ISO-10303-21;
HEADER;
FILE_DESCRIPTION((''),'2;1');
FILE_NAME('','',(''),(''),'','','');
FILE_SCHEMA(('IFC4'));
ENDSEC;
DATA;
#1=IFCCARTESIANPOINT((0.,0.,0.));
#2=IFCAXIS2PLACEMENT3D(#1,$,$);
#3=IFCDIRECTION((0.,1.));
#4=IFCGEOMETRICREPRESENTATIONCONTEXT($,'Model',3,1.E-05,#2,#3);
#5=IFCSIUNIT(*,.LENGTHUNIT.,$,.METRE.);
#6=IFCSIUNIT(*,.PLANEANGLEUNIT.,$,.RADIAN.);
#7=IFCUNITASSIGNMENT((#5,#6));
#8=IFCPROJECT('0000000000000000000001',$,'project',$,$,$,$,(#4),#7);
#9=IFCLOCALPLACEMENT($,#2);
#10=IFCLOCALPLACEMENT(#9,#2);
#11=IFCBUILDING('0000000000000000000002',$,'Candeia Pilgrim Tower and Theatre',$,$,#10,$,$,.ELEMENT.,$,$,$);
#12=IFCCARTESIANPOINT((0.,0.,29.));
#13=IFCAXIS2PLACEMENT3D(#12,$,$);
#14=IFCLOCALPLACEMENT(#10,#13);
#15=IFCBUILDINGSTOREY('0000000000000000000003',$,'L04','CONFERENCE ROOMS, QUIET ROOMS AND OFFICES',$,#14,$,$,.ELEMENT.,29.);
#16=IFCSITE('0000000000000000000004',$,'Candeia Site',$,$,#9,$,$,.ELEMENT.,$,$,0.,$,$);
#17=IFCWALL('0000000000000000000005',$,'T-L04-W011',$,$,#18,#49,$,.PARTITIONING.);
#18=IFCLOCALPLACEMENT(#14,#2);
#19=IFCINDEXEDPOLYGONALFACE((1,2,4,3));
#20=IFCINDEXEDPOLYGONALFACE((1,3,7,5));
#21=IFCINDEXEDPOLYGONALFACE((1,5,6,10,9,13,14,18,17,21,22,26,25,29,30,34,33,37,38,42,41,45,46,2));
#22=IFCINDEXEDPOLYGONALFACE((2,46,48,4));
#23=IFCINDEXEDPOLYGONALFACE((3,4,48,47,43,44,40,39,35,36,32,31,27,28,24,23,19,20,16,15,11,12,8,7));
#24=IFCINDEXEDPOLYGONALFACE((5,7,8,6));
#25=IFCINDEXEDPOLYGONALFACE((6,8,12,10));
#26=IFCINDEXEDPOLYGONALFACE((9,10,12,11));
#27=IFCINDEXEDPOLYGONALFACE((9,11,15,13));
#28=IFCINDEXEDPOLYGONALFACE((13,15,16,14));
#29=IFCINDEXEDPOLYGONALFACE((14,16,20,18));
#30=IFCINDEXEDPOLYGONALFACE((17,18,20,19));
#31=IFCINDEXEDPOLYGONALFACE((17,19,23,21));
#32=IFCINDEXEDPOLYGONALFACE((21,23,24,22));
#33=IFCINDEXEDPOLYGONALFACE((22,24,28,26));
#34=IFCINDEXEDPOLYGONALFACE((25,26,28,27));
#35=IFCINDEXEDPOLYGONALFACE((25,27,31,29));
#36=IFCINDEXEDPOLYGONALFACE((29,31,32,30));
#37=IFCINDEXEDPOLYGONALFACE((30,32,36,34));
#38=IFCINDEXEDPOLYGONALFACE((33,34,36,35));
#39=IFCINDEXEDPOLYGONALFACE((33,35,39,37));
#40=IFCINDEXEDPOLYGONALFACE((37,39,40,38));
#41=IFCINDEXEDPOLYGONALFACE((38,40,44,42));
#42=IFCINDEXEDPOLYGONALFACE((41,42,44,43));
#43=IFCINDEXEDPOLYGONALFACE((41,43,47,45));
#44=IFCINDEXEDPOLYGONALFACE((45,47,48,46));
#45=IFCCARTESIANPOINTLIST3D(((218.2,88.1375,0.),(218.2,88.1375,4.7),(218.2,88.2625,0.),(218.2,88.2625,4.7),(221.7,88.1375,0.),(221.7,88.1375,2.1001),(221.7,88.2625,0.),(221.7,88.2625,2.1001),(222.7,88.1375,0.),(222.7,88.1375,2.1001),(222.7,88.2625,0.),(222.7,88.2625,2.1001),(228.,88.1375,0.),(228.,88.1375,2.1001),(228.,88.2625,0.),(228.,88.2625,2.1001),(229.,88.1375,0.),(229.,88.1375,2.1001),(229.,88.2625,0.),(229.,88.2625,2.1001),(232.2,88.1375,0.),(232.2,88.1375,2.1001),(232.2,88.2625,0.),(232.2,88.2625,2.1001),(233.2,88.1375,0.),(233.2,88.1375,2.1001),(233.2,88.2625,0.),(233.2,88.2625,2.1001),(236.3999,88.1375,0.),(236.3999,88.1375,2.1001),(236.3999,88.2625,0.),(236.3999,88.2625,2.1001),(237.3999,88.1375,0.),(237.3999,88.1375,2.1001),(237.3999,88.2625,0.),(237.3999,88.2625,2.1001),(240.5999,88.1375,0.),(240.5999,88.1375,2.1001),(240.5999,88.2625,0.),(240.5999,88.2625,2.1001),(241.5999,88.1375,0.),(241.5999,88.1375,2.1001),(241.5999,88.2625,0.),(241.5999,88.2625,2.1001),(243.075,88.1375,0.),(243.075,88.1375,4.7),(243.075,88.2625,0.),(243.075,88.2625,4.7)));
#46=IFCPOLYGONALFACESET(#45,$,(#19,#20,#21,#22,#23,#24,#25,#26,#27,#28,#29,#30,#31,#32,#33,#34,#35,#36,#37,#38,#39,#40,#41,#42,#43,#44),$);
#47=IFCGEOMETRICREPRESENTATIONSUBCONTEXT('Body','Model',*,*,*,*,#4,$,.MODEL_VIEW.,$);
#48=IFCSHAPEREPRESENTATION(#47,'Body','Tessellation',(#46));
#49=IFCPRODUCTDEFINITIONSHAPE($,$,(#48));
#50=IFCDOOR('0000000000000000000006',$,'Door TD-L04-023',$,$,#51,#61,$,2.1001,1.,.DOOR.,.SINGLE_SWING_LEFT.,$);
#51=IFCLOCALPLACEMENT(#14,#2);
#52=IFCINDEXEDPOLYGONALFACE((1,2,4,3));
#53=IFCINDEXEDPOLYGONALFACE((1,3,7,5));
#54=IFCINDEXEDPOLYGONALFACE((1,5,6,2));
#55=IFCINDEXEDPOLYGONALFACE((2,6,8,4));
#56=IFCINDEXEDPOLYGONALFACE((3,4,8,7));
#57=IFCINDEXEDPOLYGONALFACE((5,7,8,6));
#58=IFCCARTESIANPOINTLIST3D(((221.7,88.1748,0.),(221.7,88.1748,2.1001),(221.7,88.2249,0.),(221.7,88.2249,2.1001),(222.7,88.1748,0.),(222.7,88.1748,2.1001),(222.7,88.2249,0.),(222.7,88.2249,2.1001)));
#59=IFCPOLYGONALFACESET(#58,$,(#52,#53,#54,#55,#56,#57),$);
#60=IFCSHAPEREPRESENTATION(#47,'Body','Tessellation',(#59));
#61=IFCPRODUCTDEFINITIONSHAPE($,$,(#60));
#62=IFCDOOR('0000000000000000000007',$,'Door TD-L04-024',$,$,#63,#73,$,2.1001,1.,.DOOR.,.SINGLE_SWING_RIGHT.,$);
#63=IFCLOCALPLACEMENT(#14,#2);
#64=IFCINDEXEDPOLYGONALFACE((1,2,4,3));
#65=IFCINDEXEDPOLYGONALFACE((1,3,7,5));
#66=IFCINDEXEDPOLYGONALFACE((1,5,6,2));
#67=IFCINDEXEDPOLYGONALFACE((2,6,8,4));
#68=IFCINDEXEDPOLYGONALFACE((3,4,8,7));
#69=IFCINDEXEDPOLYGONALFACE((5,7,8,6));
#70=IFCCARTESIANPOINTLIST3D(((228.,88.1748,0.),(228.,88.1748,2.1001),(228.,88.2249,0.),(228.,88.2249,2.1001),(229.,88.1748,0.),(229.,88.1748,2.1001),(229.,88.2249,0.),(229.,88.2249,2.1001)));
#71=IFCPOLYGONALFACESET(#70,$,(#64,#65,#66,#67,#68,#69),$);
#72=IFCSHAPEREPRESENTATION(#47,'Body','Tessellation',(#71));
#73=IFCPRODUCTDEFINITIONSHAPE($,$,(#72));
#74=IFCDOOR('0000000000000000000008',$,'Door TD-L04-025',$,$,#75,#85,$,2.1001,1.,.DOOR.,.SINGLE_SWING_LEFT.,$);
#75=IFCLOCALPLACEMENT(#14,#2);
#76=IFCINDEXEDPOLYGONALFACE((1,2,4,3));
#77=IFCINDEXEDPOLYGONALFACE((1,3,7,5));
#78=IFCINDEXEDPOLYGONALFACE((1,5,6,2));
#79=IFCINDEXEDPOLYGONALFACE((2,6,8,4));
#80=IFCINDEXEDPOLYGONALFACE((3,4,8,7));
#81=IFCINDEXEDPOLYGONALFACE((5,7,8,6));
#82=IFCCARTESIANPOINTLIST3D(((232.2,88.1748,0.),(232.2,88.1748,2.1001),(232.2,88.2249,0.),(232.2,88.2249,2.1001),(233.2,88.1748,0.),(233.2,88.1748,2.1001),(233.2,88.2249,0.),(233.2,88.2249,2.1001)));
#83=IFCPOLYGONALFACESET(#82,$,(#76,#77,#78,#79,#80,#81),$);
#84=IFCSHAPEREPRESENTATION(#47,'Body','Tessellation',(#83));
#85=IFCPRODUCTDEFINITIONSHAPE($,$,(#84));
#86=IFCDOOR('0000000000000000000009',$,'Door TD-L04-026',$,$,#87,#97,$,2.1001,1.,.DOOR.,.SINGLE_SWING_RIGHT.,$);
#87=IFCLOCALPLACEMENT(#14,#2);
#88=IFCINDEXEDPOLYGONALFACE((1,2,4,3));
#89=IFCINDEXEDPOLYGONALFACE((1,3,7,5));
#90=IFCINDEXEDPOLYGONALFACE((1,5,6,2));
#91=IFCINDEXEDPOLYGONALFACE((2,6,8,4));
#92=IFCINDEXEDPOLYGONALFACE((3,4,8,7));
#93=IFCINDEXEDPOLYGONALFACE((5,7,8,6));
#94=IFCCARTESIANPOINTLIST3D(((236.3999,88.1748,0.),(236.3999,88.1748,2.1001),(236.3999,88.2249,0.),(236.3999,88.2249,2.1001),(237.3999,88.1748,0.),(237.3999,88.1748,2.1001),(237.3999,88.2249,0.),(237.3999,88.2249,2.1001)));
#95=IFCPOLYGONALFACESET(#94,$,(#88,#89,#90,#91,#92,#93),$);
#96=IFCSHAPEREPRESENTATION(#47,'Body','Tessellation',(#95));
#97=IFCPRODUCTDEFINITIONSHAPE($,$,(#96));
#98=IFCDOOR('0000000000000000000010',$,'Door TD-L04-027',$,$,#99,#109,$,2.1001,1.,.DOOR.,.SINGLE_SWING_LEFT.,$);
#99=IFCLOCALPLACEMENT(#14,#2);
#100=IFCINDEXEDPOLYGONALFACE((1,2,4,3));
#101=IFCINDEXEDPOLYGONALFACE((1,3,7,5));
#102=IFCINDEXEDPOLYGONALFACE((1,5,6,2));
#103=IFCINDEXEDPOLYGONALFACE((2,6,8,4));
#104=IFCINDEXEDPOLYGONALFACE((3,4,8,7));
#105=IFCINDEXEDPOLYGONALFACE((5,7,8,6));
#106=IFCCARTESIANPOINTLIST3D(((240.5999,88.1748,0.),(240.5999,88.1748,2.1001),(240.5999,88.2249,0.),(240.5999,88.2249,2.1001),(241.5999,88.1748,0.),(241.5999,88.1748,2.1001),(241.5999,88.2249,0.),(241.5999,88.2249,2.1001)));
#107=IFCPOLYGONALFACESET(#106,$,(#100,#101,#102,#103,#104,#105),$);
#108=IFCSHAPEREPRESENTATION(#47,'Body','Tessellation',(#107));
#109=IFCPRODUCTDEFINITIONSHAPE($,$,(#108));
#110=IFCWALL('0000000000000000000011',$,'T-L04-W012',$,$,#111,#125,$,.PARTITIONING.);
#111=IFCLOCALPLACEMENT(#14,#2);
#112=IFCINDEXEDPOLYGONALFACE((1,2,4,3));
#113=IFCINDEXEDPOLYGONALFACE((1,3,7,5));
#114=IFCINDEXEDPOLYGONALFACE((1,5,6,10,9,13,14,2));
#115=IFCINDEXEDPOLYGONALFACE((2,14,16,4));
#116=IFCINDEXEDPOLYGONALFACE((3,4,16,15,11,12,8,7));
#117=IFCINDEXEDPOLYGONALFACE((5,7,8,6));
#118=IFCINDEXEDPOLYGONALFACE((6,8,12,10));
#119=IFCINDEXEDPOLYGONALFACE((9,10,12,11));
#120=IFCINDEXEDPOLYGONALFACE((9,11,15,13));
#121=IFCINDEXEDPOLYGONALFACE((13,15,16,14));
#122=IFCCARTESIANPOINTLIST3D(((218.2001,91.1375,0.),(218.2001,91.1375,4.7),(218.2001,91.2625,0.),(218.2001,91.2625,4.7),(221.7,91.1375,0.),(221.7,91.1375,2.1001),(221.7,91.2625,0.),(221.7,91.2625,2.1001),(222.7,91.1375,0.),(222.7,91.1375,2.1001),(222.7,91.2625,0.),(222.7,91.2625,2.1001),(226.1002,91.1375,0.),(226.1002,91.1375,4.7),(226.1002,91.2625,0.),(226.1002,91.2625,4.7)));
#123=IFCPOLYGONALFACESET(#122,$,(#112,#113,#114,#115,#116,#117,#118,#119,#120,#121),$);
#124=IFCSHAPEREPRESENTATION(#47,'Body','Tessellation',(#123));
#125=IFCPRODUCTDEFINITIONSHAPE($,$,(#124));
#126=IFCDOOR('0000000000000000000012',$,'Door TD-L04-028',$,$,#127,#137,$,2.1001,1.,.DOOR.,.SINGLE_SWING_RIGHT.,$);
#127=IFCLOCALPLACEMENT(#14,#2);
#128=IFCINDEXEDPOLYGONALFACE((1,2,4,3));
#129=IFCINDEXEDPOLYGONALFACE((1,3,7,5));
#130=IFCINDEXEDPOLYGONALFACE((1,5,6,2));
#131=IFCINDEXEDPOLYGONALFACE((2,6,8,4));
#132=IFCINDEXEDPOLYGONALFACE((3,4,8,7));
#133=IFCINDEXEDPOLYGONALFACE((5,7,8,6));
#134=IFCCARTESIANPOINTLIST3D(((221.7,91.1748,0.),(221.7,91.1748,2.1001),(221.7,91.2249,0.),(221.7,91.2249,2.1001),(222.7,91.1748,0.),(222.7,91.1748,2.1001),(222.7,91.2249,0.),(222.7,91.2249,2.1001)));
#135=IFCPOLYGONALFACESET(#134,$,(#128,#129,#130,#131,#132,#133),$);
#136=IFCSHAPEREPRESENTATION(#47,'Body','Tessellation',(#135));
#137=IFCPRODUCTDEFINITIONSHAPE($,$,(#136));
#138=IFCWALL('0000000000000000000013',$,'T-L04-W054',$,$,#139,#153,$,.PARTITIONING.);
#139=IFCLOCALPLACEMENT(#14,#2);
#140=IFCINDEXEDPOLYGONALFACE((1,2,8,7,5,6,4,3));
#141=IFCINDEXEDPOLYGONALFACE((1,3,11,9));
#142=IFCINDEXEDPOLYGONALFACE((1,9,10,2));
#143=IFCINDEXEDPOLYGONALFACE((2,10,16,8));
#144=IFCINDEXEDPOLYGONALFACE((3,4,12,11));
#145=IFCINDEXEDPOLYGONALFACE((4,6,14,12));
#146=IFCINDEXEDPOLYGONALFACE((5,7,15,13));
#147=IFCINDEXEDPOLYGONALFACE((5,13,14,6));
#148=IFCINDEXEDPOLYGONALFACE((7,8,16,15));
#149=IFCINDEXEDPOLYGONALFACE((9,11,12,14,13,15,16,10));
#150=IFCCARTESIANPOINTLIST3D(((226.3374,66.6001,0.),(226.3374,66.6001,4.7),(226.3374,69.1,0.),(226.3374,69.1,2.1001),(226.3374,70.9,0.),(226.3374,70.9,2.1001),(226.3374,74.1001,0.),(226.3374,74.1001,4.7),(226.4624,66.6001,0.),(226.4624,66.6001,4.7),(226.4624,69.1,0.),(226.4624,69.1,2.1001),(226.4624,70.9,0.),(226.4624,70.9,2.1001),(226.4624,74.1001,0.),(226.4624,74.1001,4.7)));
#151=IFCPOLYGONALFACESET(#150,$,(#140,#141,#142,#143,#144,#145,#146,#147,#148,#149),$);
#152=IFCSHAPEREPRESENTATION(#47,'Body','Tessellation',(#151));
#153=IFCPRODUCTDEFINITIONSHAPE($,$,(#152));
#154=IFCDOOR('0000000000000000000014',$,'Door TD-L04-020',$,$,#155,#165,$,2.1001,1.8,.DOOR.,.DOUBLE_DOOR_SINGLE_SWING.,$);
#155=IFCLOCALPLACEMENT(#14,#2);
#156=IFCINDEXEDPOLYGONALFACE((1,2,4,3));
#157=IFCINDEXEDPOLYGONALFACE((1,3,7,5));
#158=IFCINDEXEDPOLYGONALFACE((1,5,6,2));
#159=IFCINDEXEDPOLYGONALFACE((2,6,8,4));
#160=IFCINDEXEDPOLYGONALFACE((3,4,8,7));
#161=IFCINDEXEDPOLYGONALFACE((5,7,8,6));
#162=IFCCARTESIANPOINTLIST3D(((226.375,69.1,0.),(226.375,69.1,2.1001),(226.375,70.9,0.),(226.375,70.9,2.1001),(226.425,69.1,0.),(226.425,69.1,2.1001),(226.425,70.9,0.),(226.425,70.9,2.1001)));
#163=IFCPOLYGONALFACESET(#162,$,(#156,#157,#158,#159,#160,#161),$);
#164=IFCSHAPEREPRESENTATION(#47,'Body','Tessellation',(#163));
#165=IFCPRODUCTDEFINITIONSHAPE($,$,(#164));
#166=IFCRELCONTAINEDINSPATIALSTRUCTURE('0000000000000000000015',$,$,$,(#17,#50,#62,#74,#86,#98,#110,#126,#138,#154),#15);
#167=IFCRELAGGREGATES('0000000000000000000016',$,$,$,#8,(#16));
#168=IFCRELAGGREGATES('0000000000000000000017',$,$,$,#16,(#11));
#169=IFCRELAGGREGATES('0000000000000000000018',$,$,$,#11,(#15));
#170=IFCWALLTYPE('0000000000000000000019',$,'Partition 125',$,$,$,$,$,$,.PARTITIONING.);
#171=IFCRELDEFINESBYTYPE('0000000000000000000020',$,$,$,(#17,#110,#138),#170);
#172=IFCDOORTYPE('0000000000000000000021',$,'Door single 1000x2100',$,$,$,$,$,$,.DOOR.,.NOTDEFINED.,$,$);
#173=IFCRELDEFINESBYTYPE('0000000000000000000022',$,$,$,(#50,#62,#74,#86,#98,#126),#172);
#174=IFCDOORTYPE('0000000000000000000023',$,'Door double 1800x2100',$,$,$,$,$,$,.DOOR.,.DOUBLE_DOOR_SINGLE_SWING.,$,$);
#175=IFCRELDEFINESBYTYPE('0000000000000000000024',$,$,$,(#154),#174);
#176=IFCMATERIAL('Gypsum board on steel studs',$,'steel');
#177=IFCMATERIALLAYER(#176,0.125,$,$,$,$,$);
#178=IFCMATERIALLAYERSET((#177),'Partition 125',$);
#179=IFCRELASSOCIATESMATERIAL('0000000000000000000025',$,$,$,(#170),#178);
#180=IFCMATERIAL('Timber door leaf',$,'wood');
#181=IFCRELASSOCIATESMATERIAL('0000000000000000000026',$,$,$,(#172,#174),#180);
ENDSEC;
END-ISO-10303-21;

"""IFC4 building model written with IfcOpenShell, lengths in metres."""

from ifc_helpers import new_model, si_unit, direction, frame, frame_2d, origin, place, context, subcontext, project, spatial, rectangle, extrude, material, layer, layer_set, type_object, element, fill, save


model = new_model("IFC4")

# Units and contexts
model_context = context("Model", 3, precision=1e-05, world=origin(), true_north=direction((0.0, 1.0)))
body_context = subcontext(model_context, "Body", "Model", "MODEL_VIEW")
ifc_project = project(units=[si_unit("LENGTHUNIT", "METRE"), si_unit("PLANEANGLEUNIT", "RADIAN")], contexts=[model_context])

# Site, building, storey
site_placement = place(None, origin())
site = spatial("IfcSite", under=ifc_project, at=site_placement, Name="Candeia Site", CompositionType="ELEMENT", RefElevation=0.0)
building_placement = place(site_placement, origin())
building = spatial("IfcBuilding", under=site, at=building_placement, Name="Candeia Pilgrim Tower and Theatre", CompositionType="ELEMENT")
storey_placement = place(building_placement, frame((0.0, 0.0, 29.0)))
storey = spatial("IfcBuildingStorey", under=building, at=storey_placement, Name="L04", Description="CONFERENCE ROOMS, QUIET ROOMS AND OFFICES", CompositionType="ELEMENT", Elevation=29.0)

# Shared definitions
ifc_material_1 = material(Name="Gypsum board on steel studs", Category="steel")
ifc_layer_1 = layer(ifc_material_1, 0.125)
ifc_layer_set_1 = layer_set([ifc_layer_1], Name="Partition 125")
wall_type_1 = type_object("IfcWallType", Name="Partition 125", PredefinedType="PARTITIONING", material=ifc_layer_set_1)

# Shared definitions
ifc_material_2 = material(Name="Timber door leaf", Category="wood")
door_type_1 = type_object("IfcDoorType", Name="Door single 1000x2100", OperationType="NOTDEFINED", PredefinedType="DOOR", material=ifc_material_2)

# Wall, openings, doors
wall_1_placement = place(storey_placement, frame((218.2, 88.2, 0.0), z_axis=(0.0, 0.0, 1.0), x_axis=(1.0, 0.0, 0.0)))
wall_1 = element("IfcWall", 1, at=wall_1_placement, inside=storey, type_object=wall_type_1, Name="T-L04-W011", PredefinedType="PARTITIONING", context=body_context, shape_type="SweptSolid", body=[
    extrude(rectangle(XDim=24.875, YDim=0.125, at=frame_2d((12.4375, 0.0))), origin(), (0.0, 0.0, 1.0), 4.7),
])
opening_1_placement = place(wall_1_placement, frame((3.5, 0.0, 0.0)))
opening_1 = element("IfcOpeningElement", 2, at=opening_1_placement, cuts=wall_1, PredefinedType="OPENING", context=body_context, shape_type="SweptSolid", body=[
    extrude(rectangle(XDim=1.0, YDim=2.1001, at=frame_2d((0.5, 1.05))), frame((0.0, 0.0725, 0.0), z_axis=(0.0, -1.0, 0.0), x_axis=(1.0, 0.0, 0.0)), (0.0, 0.0, 1.0), 0.145),
])
opening_2_placement = place(wall_1_placement, frame((9.8, 0.0, 0.0)))
opening_2 = element("IfcOpeningElement", 3, at=opening_2_placement, cuts=wall_1, PredefinedType="OPENING", context=body_context, shape_type="SweptSolid", body=[
    extrude(rectangle(XDim=1.0, YDim=2.1001, at=frame_2d((0.5, 1.05))), frame((0.0, 0.0725, 0.0), z_axis=(0.0, -1.0, 0.0), x_axis=(1.0, 0.0, 0.0)), (0.0, 0.0, 1.0), 0.145),
])
opening_3_placement = place(wall_1_placement, frame((14.0, 0.0, 0.0)))
opening_3 = element("IfcOpeningElement", 4, at=opening_3_placement, cuts=wall_1, PredefinedType="OPENING", context=body_context, shape_type="SweptSolid", body=[
    extrude(rectangle(XDim=1.0, YDim=2.1001, at=frame_2d((0.5, 1.05))), frame((0.0, 0.0725, 0.0), z_axis=(0.0, -1.0, 0.0), x_axis=(1.0, 0.0, 0.0)), (0.0, 0.0, 1.0), 0.145),
])
opening_4_placement = place(wall_1_placement, frame((18.2, 0.0, 0.0)))
opening_4 = element("IfcOpeningElement", 5, at=opening_4_placement, cuts=wall_1, PredefinedType="OPENING", context=body_context, shape_type="SweptSolid", body=[
    extrude(rectangle(XDim=1.0, YDim=2.1001, at=frame_2d((0.5, 1.05))), frame((0.0, 0.0725, 0.0), z_axis=(0.0, -1.0, 0.0), x_axis=(1.0, 0.0, 0.0)), (0.0, 0.0, 1.0), 0.145),
])
opening_5_placement = place(wall_1_placement, frame((22.3999, 0.0, 0.0)))
opening_5 = element("IfcOpeningElement", 6, at=opening_5_placement, cuts=wall_1, PredefinedType="OPENING", context=body_context, shape_type="SweptSolid", body=[
    extrude(rectangle(XDim=1.0, YDim=2.1001, at=frame_2d((0.5, 1.05))), frame((0.0, 0.0725, 0.0), z_axis=(0.0, -1.0, 0.0), x_axis=(1.0, 0.0, 0.0)), (0.0, 0.0, 1.0), 0.145),
])
door_1_placement = place(opening_1_placement, origin())
door_1 = element("IfcDoor", 7, at=door_1_placement, inside=storey, type_object=door_type_1, Name="Door TD-L04-023", OperationType="SINGLE_SWING_LEFT", OverallHeight=2.1001, OverallWidth=1.0, PredefinedType="DOOR", context=body_context, shape_type="SweptSolid", body=[
    extrude(rectangle(XDim=1.0, YDim=2.1001, at=frame_2d((0.5, 1.05))), frame((0.0, 0.0249, 0.0), z_axis=(0.0, -1.0, 0.0), x_axis=(1.0, 0.0, 0.0)), (0.0, 0.0, 1.0), 0.05),
])
fill(opening_1, door_1)
door_2_placement = place(opening_2_placement, origin())
door_2 = element("IfcDoor", 8, at=door_2_placement, inside=storey, type_object=door_type_1, Name="Door TD-L04-024", OperationType="SINGLE_SWING_RIGHT", OverallHeight=2.1001, OverallWidth=1.0, PredefinedType="DOOR", context=body_context, shape_type="SweptSolid", body=[
    extrude(rectangle(XDim=1.0, YDim=2.1001, at=frame_2d((0.5, 1.05))), frame((0.0, 0.0249, 0.0), z_axis=(0.0, -1.0, 0.0), x_axis=(1.0, 0.0, 0.0)), (0.0, 0.0, 1.0), 0.05),
])
fill(opening_2, door_2)
door_3_placement = place(opening_3_placement, origin())
door_3 = element("IfcDoor", 9, at=door_3_placement, inside=storey, type_object=door_type_1, Name="Door TD-L04-025", OperationType="SINGLE_SWING_LEFT", OverallHeight=2.1001, OverallWidth=1.0, PredefinedType="DOOR", context=body_context, shape_type="SweptSolid", body=[
    extrude(rectangle(XDim=1.0, YDim=2.1001, at=frame_2d((0.5, 1.05))), frame((0.0, 0.0249, 0.0), z_axis=(0.0, -1.0, 0.0), x_axis=(1.0, 0.0, 0.0)), (0.0, 0.0, 1.0), 0.05),
])
fill(opening_3, door_3)
door_4_placement = place(opening_4_placement, origin())
door_4 = element("IfcDoor", 10, at=door_4_placement, inside=storey, type_object=door_type_1, Name="Door TD-L04-026", OperationType="SINGLE_SWING_RIGHT", OverallHeight=2.1001, OverallWidth=1.0, PredefinedType="DOOR", context=body_context, shape_type="SweptSolid", body=[
    extrude(rectangle(XDim=1.0, YDim=2.1001, at=frame_2d((0.5, 1.05))), frame((0.0, 0.0249, 0.0), z_axis=(0.0, -1.0, 0.0), x_axis=(1.0, 0.0, 0.0)), (0.0, 0.0, 1.0), 0.05),
])
fill(opening_4, door_4)
door_5_placement = place(opening_5_placement, origin())
door_5 = element("IfcDoor", 11, at=door_5_placement, inside=storey, type_object=door_type_1, Name="Door TD-L04-027", OperationType="SINGLE_SWING_LEFT", OverallHeight=2.1001, OverallWidth=1.0, PredefinedType="DOOR", context=body_context, shape_type="SweptSolid", body=[
    extrude(rectangle(XDim=1.0, YDim=2.1001, at=frame_2d((0.5, 1.05))), frame((0.0, 0.0249, 0.0), z_axis=(0.0, -1.0, 0.0), x_axis=(1.0, 0.0, 0.0)), (0.0, 0.0, 1.0), 0.05),
])
fill(opening_5, door_5)

# Walls, openings, doors
wall_2_placement = place(storey_placement, frame((218.2, 91.2, 0.0), z_axis=(0.0, 0.0, 1.0), x_axis=(1.0, 0.0, 0.0)))
wall_2 = element("IfcWall", 12, at=wall_2_placement, inside=storey, type_object=wall_type_1, Name="T-L04-W012", PredefinedType="PARTITIONING", context=body_context, shape_type="SweptSolid", body=[
    extrude(rectangle(XDim=7.9001, YDim=0.125, at=frame_2d((3.9502, 0.0))), origin(), (0.0, 0.0, 1.0), 4.7),
])
opening_6_placement = place(wall_2_placement, frame((3.5, 0.0, 0.0)))
opening_6 = element("IfcOpeningElement", 13, at=opening_6_placement, cuts=wall_2, PredefinedType="OPENING", context=body_context, shape_type="SweptSolid", body=[
    extrude(rectangle(XDim=1.0, YDim=2.1001, at=frame_2d((0.5, 1.05))), frame((0.0, 0.0725, 0.0), z_axis=(0.0, -1.0, 0.0), x_axis=(1.0, 0.0, 0.0)), (0.0, 0.0, 1.0), 0.145),
])
door_6_placement = place(opening_6_placement, origin())
door_6 = element("IfcDoor", 14, at=door_6_placement, inside=storey, type_object=door_type_1, Name="Door TD-L04-028", OperationType="SINGLE_SWING_RIGHT", OverallHeight=2.1001, OverallWidth=1.0, PredefinedType="DOOR", context=body_context, shape_type="SweptSolid", body=[
    extrude(rectangle(XDim=1.0, YDim=2.1001, at=frame_2d((0.5, 1.05))), frame((0.0, 0.0249, 0.0), z_axis=(0.0, -1.0, 0.0), x_axis=(1.0, 0.0, 0.0)), (0.0, 0.0, 1.0), 0.05),
])
fill(opening_6, door_6)
wall_3_placement = place(storey_placement, frame((226.3999, 66.6001, 0.0), z_axis=(0.0, 0.0, 1.0), x_axis=(0.0, 1.0, 0.0)))
wall_3 = element("IfcWall", 15, at=wall_3_placement, inside=storey, type_object=wall_type_1, Name="T-L04-W054", PredefinedType="PARTITIONING", context=body_context, shape_type="SweptSolid", body=[
    extrude(rectangle(XDim=7.5, YDim=0.125, at=frame_2d((3.75, 0.0))), origin(), (0.0, 0.0, 1.0), 4.7),
])
opening_7_placement = place(wall_3_placement, frame((2.5, 0.0, 0.0)))
opening_7 = element("IfcOpeningElement", 16, at=opening_7_placement, cuts=wall_3, PredefinedType="OPENING", context=body_context, shape_type="SweptSolid", body=[
    extrude(rectangle(XDim=1.8, YDim=2.1001, at=frame_2d((0.8999, 1.05))), frame((0.0, 0.0725, 0.0), z_axis=(0.0, -1.0, 0.0), x_axis=(1.0, 0.0, 0.0)), (0.0, 0.0, 1.0), 0.145),
])
door_type_2 = type_object("IfcDoorType", Name="Door double 1800x2100", OperationType="DOUBLE_DOOR_SINGLE_SWING", PredefinedType="DOOR", material=ifc_material_2)
door_7_placement = place(opening_7_placement, origin())
door_7 = element("IfcDoor", 17, at=door_7_placement, inside=storey, type_object=door_type_2, Name="Door TD-L04-020", OperationType="DOUBLE_DOOR_SINGLE_SWING", OverallHeight=2.1001, OverallWidth=1.8, PredefinedType="DOOR", context=body_context, shape_type="SweptSolid", body=[
    extrude(rectangle(XDim=1.8, YDim=2.1001, at=frame_2d((0.8999, 1.05))), frame((0.0, 0.0249, 0.0), z_axis=(0.0, -1.0, 0.0), x_axis=(1.0, 0.0, 0.0)), (0.0, 0.0, 1.0), 0.05),
])
fill(opening_7, door_7)

save(model, "model.ifc")
